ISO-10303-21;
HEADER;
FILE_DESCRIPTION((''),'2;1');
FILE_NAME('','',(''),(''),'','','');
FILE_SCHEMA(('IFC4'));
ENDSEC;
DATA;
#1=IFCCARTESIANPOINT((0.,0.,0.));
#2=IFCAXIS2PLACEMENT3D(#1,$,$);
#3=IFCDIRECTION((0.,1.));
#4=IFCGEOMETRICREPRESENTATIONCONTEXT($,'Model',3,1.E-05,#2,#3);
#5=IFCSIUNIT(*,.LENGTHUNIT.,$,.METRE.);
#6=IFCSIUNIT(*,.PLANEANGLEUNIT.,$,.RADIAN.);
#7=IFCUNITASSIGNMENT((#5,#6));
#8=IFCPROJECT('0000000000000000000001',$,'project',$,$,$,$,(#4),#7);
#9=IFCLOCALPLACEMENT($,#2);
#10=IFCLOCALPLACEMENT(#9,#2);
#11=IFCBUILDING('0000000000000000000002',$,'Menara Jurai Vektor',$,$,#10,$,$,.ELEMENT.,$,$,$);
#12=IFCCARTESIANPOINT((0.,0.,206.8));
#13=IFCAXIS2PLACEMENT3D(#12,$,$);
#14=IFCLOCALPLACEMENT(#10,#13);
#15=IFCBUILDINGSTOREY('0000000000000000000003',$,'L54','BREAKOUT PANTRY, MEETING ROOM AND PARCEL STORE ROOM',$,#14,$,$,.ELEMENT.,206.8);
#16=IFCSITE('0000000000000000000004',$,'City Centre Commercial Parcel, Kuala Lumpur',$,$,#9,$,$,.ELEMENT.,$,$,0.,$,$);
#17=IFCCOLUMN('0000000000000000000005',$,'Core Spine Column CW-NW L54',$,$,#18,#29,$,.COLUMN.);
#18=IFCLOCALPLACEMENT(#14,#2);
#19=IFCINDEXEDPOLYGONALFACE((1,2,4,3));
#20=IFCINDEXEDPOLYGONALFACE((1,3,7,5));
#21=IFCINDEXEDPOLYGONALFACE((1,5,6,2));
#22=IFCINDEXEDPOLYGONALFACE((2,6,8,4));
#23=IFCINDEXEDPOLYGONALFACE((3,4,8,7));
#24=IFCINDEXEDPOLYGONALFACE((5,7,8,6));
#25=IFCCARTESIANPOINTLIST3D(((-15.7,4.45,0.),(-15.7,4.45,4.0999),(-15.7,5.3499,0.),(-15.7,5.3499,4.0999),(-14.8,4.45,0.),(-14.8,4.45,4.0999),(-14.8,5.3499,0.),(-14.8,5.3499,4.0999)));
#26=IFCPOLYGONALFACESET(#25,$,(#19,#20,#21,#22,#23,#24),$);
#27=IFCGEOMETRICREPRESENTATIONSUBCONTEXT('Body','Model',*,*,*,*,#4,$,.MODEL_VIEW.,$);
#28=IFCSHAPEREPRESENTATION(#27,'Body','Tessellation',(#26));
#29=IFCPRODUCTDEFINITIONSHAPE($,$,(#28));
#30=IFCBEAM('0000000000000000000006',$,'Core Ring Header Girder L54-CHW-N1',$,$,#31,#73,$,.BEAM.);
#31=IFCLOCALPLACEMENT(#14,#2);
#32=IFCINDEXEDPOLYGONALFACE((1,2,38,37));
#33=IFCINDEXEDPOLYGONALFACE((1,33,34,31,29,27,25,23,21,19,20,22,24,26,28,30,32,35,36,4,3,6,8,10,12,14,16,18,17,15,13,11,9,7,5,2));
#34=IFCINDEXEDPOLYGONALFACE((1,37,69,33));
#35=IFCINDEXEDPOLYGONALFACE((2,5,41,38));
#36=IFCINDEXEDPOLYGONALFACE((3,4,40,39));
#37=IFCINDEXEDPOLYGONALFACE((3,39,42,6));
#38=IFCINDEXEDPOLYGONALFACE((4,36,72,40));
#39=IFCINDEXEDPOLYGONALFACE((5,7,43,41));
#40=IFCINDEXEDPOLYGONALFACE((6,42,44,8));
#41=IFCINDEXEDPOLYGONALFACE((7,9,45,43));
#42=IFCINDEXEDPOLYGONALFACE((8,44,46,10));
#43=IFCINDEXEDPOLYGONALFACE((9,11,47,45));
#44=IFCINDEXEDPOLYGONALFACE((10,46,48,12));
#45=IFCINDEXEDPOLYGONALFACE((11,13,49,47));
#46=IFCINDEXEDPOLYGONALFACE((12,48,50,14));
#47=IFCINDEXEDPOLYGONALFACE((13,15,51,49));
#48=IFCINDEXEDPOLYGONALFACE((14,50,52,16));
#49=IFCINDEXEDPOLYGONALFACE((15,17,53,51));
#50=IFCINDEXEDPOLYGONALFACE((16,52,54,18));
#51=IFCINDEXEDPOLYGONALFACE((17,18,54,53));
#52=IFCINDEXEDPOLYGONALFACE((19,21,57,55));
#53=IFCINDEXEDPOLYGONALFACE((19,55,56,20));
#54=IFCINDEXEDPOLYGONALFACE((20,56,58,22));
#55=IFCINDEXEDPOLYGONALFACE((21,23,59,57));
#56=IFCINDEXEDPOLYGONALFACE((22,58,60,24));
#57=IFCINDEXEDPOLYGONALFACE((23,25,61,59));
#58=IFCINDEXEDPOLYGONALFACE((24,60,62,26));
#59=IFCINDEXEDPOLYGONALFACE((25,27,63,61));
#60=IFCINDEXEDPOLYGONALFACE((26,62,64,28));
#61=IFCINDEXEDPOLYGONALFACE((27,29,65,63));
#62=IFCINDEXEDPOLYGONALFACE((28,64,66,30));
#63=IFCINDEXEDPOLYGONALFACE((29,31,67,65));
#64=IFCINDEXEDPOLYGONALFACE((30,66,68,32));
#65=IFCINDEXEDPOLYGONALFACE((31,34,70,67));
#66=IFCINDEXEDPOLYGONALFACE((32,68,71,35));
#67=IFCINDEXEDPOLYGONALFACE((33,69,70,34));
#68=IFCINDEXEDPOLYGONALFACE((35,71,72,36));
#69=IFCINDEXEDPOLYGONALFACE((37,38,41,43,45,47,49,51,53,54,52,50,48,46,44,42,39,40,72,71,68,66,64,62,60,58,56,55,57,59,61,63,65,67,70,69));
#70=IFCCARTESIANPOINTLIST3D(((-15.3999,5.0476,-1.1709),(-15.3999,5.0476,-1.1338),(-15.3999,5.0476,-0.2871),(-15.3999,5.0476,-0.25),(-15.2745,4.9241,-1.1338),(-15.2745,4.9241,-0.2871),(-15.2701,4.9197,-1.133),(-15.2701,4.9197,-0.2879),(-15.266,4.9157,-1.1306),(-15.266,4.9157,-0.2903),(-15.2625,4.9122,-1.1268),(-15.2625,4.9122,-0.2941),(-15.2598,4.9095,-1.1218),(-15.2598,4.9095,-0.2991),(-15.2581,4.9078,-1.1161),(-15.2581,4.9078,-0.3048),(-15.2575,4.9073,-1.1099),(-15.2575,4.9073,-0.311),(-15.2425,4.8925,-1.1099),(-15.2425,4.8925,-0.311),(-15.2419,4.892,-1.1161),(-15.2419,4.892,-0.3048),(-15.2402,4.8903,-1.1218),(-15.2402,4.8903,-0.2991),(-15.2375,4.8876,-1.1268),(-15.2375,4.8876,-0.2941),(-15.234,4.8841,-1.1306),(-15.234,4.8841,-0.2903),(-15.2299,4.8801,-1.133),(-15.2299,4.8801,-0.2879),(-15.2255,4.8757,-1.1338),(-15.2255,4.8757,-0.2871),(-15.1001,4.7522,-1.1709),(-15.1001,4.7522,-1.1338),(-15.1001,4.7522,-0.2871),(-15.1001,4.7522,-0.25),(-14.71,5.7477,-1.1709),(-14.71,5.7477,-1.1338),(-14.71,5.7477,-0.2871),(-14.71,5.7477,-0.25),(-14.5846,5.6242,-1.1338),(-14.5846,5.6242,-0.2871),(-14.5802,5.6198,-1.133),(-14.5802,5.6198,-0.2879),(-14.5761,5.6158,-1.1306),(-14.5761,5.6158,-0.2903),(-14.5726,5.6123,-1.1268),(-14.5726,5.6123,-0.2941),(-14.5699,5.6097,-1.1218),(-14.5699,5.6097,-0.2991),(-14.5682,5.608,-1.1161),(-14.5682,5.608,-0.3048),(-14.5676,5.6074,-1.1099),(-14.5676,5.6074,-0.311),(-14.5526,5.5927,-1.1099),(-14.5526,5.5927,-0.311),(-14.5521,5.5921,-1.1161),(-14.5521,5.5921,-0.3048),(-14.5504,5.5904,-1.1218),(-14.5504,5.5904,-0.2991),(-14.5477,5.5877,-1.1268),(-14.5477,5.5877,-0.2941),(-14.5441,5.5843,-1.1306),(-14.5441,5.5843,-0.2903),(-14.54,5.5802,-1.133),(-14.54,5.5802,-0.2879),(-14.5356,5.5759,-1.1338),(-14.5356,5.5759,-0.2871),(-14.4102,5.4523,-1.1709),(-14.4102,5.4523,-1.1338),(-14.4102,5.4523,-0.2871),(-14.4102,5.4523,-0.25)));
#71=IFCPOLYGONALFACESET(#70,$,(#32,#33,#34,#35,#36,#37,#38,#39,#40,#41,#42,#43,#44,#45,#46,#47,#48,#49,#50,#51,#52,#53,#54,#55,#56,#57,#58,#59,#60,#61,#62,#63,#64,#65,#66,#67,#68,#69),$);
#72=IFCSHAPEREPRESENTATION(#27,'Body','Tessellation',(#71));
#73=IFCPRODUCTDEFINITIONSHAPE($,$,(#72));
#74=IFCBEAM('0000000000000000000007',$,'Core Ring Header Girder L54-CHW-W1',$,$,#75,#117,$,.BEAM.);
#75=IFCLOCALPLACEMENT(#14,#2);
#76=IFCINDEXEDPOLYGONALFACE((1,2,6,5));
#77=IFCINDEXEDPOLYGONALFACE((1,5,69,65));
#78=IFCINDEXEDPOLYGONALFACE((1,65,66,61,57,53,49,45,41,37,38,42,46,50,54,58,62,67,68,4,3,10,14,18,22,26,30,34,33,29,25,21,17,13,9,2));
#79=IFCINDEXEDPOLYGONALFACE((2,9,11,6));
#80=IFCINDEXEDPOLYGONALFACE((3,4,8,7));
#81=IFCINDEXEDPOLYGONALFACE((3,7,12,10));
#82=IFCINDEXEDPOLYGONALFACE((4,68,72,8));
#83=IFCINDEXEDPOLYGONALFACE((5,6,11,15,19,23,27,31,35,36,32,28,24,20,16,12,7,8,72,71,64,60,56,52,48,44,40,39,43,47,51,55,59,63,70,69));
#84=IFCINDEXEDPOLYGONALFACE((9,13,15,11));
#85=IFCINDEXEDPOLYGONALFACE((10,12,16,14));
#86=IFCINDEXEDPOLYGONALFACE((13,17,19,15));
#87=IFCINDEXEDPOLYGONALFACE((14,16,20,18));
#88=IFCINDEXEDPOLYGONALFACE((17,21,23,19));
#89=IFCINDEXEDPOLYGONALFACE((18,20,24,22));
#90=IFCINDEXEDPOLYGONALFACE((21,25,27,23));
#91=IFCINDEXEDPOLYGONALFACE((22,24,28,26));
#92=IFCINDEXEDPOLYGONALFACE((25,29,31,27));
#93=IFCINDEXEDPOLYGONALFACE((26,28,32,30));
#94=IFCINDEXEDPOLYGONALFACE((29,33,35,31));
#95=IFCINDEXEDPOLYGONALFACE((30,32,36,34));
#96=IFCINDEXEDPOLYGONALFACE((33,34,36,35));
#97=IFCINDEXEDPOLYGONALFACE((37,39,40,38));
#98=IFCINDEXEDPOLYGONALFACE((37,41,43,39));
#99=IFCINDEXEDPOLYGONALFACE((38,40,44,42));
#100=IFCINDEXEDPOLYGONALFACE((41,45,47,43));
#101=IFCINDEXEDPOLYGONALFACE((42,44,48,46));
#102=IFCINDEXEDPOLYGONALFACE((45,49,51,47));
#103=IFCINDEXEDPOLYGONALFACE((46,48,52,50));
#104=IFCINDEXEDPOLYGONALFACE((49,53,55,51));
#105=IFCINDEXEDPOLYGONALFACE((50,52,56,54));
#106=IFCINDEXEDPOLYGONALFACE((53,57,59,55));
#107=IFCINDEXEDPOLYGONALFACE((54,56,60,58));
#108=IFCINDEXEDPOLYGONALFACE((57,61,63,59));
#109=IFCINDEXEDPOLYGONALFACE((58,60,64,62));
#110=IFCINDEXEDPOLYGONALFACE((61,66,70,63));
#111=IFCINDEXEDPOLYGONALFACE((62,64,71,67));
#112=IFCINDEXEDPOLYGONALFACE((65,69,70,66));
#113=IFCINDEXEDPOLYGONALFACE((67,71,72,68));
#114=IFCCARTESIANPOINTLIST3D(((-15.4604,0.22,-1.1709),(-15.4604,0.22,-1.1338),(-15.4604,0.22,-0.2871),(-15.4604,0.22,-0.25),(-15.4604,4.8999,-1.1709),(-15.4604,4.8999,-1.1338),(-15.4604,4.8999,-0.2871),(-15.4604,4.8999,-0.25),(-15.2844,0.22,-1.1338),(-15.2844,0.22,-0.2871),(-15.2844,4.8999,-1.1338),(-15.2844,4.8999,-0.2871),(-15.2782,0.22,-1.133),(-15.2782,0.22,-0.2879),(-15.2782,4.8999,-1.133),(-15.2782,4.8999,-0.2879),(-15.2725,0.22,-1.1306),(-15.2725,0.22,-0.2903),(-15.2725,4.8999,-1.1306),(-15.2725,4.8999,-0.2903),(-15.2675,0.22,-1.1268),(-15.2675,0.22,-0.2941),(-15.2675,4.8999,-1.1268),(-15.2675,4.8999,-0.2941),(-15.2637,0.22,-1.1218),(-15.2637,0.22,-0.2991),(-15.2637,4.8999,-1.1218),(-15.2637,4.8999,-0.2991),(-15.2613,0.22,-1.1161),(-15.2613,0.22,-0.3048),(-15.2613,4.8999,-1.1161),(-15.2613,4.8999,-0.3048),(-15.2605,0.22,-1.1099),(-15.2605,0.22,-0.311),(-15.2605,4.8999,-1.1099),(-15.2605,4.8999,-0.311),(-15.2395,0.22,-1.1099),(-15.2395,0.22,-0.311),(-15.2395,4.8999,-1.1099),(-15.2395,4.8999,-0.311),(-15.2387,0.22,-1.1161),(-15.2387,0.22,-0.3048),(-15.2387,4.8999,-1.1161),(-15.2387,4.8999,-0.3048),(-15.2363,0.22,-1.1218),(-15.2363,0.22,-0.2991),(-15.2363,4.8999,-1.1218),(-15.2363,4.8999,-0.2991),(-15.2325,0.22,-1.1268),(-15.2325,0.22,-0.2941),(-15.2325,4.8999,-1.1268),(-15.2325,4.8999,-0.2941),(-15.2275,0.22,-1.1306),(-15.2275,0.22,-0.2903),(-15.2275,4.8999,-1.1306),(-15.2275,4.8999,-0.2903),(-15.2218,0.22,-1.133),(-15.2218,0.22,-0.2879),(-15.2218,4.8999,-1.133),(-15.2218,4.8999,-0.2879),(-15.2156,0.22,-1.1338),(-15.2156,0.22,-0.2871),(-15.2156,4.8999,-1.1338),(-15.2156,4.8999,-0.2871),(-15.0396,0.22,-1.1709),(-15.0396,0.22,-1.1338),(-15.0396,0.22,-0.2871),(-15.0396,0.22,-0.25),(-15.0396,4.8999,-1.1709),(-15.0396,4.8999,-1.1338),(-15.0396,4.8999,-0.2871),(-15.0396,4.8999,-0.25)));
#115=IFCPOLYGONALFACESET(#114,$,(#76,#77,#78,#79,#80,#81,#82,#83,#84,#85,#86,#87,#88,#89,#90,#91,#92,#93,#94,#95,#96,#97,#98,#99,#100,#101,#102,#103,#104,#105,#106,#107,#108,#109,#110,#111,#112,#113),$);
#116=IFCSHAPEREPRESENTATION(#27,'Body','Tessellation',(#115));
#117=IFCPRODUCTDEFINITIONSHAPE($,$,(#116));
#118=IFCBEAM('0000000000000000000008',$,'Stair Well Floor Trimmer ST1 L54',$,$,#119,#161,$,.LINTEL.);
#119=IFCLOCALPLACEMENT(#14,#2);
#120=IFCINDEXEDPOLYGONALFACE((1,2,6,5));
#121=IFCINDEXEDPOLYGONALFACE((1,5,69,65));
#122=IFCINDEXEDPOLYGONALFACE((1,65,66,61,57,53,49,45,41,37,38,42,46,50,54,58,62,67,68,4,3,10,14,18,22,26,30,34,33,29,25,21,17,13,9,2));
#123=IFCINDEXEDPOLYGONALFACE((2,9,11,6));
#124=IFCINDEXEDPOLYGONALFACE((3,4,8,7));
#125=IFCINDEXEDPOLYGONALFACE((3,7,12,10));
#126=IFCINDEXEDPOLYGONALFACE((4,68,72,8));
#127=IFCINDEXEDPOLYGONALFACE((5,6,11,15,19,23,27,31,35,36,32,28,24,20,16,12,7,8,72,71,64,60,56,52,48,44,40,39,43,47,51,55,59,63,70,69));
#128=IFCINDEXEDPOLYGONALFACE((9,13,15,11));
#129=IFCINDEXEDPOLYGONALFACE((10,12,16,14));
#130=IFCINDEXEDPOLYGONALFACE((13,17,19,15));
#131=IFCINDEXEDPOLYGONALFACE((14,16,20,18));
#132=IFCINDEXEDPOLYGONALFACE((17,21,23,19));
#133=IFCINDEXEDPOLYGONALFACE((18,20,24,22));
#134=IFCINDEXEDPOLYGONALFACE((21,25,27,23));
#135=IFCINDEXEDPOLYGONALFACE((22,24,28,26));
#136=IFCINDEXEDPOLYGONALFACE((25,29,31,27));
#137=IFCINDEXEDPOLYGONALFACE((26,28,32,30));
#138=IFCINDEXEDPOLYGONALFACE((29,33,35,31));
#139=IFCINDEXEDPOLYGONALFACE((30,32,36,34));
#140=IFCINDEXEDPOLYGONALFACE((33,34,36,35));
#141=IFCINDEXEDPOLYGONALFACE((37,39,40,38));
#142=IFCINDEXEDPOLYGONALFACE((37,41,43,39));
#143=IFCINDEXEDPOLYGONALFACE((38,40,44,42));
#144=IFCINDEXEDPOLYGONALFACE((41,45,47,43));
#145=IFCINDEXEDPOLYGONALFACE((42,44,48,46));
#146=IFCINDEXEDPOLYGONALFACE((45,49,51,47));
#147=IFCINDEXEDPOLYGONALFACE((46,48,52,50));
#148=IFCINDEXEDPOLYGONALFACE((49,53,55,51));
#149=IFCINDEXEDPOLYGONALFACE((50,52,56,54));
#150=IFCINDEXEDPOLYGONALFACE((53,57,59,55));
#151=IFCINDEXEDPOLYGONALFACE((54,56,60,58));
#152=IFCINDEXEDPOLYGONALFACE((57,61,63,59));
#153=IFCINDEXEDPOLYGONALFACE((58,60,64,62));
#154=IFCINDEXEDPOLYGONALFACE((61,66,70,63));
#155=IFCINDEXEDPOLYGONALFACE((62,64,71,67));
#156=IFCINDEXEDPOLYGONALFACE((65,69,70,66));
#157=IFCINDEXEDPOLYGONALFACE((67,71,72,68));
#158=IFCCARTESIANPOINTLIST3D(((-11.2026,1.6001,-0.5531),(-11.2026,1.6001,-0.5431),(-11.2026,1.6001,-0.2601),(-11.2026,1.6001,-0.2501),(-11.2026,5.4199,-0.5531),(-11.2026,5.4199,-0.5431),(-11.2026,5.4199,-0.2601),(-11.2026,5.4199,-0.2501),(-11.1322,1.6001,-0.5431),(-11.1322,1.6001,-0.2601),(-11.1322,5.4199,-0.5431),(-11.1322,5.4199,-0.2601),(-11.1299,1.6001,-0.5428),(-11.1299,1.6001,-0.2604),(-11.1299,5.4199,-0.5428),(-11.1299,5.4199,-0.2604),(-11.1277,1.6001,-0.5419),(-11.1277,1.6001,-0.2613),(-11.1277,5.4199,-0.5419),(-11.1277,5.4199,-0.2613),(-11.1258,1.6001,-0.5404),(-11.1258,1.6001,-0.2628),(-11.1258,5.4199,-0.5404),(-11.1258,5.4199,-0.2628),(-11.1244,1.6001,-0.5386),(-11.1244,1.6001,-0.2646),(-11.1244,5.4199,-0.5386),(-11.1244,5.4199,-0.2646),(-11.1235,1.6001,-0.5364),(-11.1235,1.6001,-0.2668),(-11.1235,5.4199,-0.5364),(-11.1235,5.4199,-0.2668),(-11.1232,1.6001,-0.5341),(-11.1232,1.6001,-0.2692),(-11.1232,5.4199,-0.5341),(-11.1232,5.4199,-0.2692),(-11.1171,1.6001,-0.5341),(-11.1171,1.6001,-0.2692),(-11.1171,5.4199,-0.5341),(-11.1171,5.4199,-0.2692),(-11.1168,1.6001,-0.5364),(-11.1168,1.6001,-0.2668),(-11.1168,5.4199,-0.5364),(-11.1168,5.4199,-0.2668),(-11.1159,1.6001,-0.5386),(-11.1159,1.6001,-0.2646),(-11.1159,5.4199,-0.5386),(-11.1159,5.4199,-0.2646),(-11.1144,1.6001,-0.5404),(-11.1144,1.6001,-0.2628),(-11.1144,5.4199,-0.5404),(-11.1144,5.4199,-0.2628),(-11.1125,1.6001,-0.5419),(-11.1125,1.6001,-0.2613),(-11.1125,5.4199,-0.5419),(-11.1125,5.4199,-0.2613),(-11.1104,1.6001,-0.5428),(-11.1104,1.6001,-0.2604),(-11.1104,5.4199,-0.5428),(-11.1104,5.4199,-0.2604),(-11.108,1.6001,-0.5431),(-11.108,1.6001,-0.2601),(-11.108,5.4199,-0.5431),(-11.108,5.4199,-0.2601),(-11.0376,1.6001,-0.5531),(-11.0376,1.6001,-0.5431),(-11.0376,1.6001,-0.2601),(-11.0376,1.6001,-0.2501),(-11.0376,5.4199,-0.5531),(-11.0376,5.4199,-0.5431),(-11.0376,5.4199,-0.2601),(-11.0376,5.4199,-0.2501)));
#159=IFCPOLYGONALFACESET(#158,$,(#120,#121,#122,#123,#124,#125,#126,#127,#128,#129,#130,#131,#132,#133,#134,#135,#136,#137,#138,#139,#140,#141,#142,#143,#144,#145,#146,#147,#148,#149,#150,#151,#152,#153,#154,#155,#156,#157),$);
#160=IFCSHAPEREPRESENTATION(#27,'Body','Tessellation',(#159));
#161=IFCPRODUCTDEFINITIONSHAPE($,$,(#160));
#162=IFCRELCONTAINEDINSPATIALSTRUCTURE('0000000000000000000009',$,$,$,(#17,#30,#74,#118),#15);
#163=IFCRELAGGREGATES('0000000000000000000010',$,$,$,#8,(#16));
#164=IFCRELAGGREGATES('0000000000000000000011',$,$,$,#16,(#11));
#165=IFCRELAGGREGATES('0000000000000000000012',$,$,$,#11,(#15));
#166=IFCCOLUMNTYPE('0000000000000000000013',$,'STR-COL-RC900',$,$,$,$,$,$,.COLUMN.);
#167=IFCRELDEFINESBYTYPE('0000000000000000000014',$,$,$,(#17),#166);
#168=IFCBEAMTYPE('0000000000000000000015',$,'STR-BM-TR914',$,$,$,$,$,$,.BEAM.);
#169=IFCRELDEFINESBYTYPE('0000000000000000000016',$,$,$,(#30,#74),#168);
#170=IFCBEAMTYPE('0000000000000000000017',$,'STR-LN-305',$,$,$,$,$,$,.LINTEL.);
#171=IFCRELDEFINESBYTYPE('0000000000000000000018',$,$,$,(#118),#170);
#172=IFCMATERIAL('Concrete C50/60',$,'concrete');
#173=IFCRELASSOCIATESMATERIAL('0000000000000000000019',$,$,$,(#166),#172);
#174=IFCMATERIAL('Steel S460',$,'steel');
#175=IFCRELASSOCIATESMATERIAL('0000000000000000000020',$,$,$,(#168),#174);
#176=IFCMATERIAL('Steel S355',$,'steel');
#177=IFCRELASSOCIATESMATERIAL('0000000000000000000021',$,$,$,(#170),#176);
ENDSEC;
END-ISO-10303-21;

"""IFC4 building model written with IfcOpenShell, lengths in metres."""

from ifc_helpers import new_model, si_unit, direction, frame, origin, origin_2d, place, context, subcontext, project, spatial, rectangle, i_section, extrude, material, material_profile, profile_set, type_object, element, save


model = new_model("IFC4")

# Units and contexts
model_context = context("Model", 3, precision=1e-05, world=origin(), true_north=direction((0.0, 1.0)))
body_context = subcontext(model_context, "Body", "Model", "MODEL_VIEW")
ifc_project = project(units=[si_unit("LENGTHUNIT", "METRE"), si_unit("PLANEANGLEUNIT", "RADIAN")], contexts=[model_context])

# Site, building, storey
site_placement = place(None, origin())
site = spatial("IfcSite", under=ifc_project, at=site_placement, Name="City Centre Commercial Parcel, Kuala Lumpur", CompositionType="ELEMENT", RefElevation=0.0)
building_placement = place(site_placement, origin())
building = spatial("IfcBuilding", under=site, at=building_placement, Name="Menara Jurai Vektor", CompositionType="ELEMENT")
storey_placement = place(building_placement, frame((0.0, 0.0, 206.8)))
storey = spatial("IfcBuildingStorey", under=building, at=storey_placement, Name="L54", Description="BREAKOUT PANTRY, MEETING ROOM AND PARCEL STORE ROOM", CompositionType="ELEMENT", Elevation=206.8)

# Column
ifc_material_1 = material(Name="Concrete C50/60", Category="concrete")
ifc_material_profile_1 = material_profile(ifc_material_1, rectangle(XDim=0.8999, YDim=0.8999, at=origin_2d()), Name="RC 900x900")
ifc_profile_set_1 = profile_set([ifc_material_profile_1], Name="Concrete C50/60")
column_type = type_object("IfcColumnType", Name="STR-COL-RC900", PredefinedType="COLUMN", material=ifc_profile_set_1)
column_placement = place(storey_placement, frame((-15.25, 4.8999, 0.0), z_axis=(0.0, 0.0, 1.0), x_axis=(1.0, 0.0, 0.0)))
element("IfcColumn", 1, at=column_placement, inside=storey, type_object=column_type, Name="Core Spine Column CW-NW L54", PredefinedType="COLUMN", context=body_context, shape_type="SweptSolid", body=[
    extrude(rectangle(XDim=0.8999, YDim=0.8999, at=origin_2d()), origin(), (0.0, 0.0, 1.0), 4.0999),
])

# Beams
ifc_material_2 = material(Name="Steel S460", Category="steel")
ifc_material_profile_2 = material_profile(ifc_material_2, i_section(OverallWidth=0.4209, OverallDepth=0.9209, WebThickness=0.021, FlangeThickness=0.0371, FilletRadius=0.0239, at=origin_2d()), Name="UKB 914x419x388")
ifc_profile_set_2 = profile_set([ifc_material_profile_2], Name="Steel S460")
beam_type_1 = type_object("IfcBeamType", Name="STR-BM-TR914", PredefinedType="BEAM", material=ifc_profile_set_2)
beam_1_placement = place(storey_placement, frame((-15.25, 4.8999, -0.7104), z_axis=(0.701872, 0.712303, 0.0), x_axis=(-0.712303, 0.701872, 0.0)))
element("IfcBeam", 2, at=beam_1_placement, inside=storey, type_object=beam_type_1, Name="Core Ring Header Girder L54-CHW-N1", PredefinedType="BEAM", context=body_context, shape_type="SweptSolid", body=[
    extrude(i_section(OverallWidth=0.4209, OverallDepth=0.9209, WebThickness=0.021, FlangeThickness=0.0371, FilletRadius=0.0239, at=origin_2d()), origin(), (0.0, 0.0, 1.0), 0.9829),
])
beam_2_placement = place(storey_placement, frame((-15.25, 0.22, -0.7104), z_axis=(0.0, 1.0, 0.0), x_axis=(-1.0, 0.0, 0.0)))
element("IfcBeam", 3, at=beam_2_placement, inside=storey, type_object=beam_type_1, Name="Core Ring Header Girder L54-CHW-W1", PredefinedType="BEAM", context=body_context, shape_type="SweptSolid", body=[
    extrude(i_section(OverallWidth=0.4209, OverallDepth=0.9209, WebThickness=0.021, FlangeThickness=0.0371, FilletRadius=0.0239, at=origin_2d()), origin(), (0.0, 0.0, 1.0), 4.6799),
])
ifc_material_3 = material(Name="Steel S355", Category="steel")
ifc_material_profile_3 = material_profile(ifc_material_3, i_section(OverallWidth=0.165, OverallDepth=0.303, WebThickness=0.0061, FlangeThickness=0.01, FilletRadius=0.009, at=origin_2d()), Name="UKB 305x165x40")
ifc_profile_set_3 = profile_set([ifc_material_profile_3], Name="Steel S355")
beam_type_2 = type_object("IfcBeamType", Name="STR-LN-305", PredefinedType="LINTEL", material=ifc_profile_set_3)
beam_3_placement = place(storey_placement, frame((-11.1201, 1.6001, -0.4016), z_axis=(0.0, 1.0, 0.0), x_axis=(-1.0, 0.0, 0.0)))
element("IfcBeam", 4, at=beam_3_placement, inside=storey, type_object=beam_type_2, Name="Stair Well Floor Trimmer ST1 L54", PredefinedType="LINTEL", context=body_context, shape_type="SweptSolid", body=[
    extrude(i_section(OverallWidth=0.165, OverallDepth=0.303, WebThickness=0.0061, FlangeThickness=0.01, FilletRadius=0.009, at=origin_2d()), origin(), (0.0, 0.0, 1.0), 3.8198),
])

save(model, "model.ifc")
